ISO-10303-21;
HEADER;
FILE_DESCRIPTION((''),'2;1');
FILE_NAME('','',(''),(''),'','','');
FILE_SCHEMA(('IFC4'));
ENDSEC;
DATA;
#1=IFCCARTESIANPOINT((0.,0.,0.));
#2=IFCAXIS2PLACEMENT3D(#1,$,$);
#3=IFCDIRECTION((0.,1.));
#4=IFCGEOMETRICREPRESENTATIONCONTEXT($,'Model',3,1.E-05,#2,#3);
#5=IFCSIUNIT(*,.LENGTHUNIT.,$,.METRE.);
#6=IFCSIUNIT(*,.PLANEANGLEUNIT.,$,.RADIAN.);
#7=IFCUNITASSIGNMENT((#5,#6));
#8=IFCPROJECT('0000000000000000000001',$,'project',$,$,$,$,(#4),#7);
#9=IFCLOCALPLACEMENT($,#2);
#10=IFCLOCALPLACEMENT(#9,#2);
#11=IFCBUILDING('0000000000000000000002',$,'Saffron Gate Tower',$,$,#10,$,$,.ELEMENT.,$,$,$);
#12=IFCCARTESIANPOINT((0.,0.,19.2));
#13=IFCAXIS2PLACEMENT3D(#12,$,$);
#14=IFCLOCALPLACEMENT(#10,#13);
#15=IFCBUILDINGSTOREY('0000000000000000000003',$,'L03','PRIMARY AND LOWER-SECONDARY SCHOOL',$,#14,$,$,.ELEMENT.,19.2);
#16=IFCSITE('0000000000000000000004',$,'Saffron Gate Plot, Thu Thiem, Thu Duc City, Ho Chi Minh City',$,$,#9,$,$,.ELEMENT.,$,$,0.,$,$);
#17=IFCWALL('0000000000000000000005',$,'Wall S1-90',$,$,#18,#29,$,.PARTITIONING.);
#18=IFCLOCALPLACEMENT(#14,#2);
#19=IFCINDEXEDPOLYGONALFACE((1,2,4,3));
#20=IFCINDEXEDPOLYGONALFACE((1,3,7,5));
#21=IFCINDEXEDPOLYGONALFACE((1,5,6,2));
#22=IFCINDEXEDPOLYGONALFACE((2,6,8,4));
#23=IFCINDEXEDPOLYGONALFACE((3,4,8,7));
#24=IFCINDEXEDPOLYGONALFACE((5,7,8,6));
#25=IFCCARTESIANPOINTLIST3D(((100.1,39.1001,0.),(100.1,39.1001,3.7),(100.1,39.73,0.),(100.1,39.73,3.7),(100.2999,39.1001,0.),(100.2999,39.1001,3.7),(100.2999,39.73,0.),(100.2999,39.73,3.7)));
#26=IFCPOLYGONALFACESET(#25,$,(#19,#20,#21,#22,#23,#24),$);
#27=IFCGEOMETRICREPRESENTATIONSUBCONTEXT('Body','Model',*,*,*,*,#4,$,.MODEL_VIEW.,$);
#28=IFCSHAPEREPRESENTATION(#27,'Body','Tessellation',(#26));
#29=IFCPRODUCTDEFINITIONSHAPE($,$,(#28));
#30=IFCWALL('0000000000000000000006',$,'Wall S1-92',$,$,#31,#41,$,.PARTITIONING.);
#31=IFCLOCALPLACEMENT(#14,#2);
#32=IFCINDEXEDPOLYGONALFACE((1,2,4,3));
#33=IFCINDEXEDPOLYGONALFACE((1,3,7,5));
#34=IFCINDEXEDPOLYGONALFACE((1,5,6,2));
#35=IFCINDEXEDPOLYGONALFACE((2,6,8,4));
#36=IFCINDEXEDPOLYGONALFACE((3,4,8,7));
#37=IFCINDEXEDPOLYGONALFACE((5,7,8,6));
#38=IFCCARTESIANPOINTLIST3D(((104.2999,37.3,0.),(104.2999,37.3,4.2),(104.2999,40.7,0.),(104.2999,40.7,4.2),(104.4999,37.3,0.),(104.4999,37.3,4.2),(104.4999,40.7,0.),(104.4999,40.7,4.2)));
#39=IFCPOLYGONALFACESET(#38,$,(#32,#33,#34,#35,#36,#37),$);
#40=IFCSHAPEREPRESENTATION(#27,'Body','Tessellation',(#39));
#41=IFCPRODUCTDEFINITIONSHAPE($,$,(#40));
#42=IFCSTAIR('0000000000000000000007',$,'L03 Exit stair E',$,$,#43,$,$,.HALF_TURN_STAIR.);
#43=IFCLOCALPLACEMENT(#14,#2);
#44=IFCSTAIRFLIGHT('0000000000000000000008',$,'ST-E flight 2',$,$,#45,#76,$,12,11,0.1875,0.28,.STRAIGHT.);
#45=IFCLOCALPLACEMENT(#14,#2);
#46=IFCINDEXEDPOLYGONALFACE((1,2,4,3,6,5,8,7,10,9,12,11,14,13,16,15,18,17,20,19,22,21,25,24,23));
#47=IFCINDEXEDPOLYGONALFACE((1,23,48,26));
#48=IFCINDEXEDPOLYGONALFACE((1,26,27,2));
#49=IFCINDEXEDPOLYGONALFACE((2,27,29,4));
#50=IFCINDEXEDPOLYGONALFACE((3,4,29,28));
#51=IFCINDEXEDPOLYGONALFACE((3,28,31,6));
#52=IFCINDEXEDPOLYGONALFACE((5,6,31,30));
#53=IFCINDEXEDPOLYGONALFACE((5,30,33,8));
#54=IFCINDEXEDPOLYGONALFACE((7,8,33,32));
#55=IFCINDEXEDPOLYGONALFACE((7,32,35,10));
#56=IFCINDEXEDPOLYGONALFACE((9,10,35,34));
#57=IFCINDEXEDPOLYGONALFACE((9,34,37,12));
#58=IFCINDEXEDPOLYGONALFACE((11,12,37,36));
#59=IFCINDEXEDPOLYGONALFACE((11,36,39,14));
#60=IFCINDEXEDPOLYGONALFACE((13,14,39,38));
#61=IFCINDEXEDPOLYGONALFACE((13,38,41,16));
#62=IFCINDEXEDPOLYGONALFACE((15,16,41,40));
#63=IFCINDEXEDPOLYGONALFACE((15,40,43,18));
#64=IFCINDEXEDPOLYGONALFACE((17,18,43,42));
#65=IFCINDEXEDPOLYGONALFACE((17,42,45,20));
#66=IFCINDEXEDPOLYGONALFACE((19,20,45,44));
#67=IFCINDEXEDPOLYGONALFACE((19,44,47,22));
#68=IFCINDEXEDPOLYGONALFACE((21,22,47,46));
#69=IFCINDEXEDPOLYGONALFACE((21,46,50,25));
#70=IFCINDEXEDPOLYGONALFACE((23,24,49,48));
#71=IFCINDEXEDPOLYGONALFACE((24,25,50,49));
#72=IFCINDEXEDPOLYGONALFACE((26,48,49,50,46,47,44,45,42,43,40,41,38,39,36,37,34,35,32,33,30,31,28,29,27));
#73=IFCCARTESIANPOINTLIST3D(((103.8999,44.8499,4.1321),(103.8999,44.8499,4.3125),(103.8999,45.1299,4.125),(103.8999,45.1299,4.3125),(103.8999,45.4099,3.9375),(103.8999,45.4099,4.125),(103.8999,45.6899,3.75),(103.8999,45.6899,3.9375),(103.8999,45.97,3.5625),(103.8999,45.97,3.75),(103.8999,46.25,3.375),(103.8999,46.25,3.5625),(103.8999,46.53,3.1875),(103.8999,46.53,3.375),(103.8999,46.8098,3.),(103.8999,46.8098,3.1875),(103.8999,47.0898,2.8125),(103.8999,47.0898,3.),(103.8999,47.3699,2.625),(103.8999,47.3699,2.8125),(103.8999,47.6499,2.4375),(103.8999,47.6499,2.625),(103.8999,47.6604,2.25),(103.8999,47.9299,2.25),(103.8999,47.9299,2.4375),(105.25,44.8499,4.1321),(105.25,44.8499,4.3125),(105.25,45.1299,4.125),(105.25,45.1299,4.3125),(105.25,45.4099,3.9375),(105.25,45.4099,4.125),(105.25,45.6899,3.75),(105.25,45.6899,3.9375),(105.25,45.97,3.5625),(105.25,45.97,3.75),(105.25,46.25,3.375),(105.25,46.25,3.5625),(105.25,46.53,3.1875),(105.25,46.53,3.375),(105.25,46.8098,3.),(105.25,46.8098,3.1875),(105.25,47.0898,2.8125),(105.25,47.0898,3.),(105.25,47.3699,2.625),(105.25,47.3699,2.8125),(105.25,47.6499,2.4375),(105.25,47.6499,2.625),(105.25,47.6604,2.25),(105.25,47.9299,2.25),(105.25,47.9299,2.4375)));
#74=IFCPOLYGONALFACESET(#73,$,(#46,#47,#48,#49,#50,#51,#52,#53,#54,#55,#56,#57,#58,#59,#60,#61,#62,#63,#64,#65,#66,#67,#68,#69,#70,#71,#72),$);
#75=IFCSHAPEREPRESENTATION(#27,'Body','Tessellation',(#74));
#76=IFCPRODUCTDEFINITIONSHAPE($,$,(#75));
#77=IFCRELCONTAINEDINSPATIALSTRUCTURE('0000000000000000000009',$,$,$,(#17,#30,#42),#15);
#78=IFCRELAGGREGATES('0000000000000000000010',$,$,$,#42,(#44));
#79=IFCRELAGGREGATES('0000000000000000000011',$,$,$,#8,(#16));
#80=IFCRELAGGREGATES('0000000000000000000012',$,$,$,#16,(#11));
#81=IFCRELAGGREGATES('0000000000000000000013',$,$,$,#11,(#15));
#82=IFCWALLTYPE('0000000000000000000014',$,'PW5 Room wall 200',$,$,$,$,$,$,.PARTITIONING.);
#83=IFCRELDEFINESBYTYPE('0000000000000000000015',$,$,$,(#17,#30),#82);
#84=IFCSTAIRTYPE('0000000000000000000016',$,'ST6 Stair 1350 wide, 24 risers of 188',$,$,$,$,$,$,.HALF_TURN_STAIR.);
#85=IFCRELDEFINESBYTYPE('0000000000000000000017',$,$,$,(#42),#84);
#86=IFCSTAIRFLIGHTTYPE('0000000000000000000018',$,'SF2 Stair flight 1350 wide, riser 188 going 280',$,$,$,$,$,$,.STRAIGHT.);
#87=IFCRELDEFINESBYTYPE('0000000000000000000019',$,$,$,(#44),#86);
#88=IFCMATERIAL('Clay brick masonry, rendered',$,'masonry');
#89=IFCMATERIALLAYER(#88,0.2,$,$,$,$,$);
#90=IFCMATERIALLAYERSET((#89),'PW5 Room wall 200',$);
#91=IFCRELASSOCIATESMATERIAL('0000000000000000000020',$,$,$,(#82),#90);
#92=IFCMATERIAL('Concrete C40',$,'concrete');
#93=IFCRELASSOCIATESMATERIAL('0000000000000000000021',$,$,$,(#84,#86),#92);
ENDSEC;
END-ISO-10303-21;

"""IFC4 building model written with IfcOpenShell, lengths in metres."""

from ifc_helpers import new_model, si_unit, direction, frame, frame_2d, origin, place, context, subcontext, project, spatial, polyline, rectangle, outline, extrude, material, layer, layer_set, type_object, element, aggregate, save


model = new_model("IFC4")

# Units and contexts
model_context = context("Model", 3, precision=1e-05, world=origin(), true_north=direction((0.0, 1.0)))
body_context = subcontext(model_context, "Body", "Model", "MODEL_VIEW")
ifc_project = project(units=[si_unit("LENGTHUNIT", "METRE"), si_unit("PLANEANGLEUNIT", "RADIAN")], contexts=[model_context])

# Site, building, storey
site_placement = place(None, origin())
site = spatial("IfcSite", under=ifc_project, at=site_placement, Name="Saffron Gate Plot, Thu Thiem, Thu Duc City, Ho Chi Minh City", CompositionType="ELEMENT", RefElevation=0.0)
building_placement = place(site_placement, origin())
building = spatial("IfcBuilding", under=site, at=building_placement, Name="Saffron Gate Tower", CompositionType="ELEMENT")
storey_placement = place(building_placement, frame((0.0, 0.0, 19.2)))
storey = spatial("IfcBuildingStorey", under=building, at=storey_placement, Name="L03", Description="PRIMARY AND LOWER-SECONDARY SCHOOL", CompositionType="ELEMENT", Elevation=19.2)

# Shared definitions
ifc_material_1 = material(Name="Clay brick masonry, rendered", Category="masonry")

# Walls
ifc_layer_1 = layer(ifc_material_1, 0.2)
ifc_layer_set_1 = layer_set([ifc_layer_1], Name="PW5 Room wall 200")
wall_type_1 = type_object("IfcWallType", Name="PW5 Room wall 200", PredefinedType="PARTITIONING", material=ifc_layer_set_1)
wall_1_placement = place(storey_placement, frame((100.2, 39.73, 0.0), z_axis=(0.0, 0.0, 1.0), x_axis=(0.0, -1.0, 0.0)))
element("IfcWall", 1, at=wall_1_placement, inside=storey, type_object=wall_type_1, Name="Wall S1-90", PredefinedType="PARTITIONING", context=body_context, shape_type="SweptSolid", body=[
    extrude(rectangle(XDim=0.6299, YDim=0.2, at=frame_2d((0.3149, 0.0))), origin(), (0.0, 0.0, 1.0), 3.7),
])
wall_2_placement = place(storey_placement, frame((104.3999, 40.7, 0.0), z_axis=(0.0, 0.0, 1.0), x_axis=(0.0, -1.0, 0.0)))
element("IfcWall", 2, at=wall_2_placement, inside=storey, type_object=wall_type_1, Name="Wall S1-92", PredefinedType="PARTITIONING", context=body_context, shape_type="SweptSolid", body=[
    extrude(rectangle(XDim=3.3999, YDim=0.2, at=frame_2d((1.7, 0.0))), origin(), (0.0, 0.0, 1.0), 4.2),
])

# Stair, stair flight
ifc_material_2 = material(Name="Concrete C40", Category="concrete")
stair_type = type_object("IfcStairType", Name="ST6 Stair 1350 wide, 24 risers of 188", PredefinedType="HALF_TURN_STAIR", material=ifc_material_2)
stair_placement = place(storey_placement, origin())
stair = element("IfcStair", 3, at=stair_placement, inside=storey, type_object=stair_type, Name="L03 Exit stair E", PredefinedType="HALF_TURN_STAIR")
stair_flight_type = type_object("IfcStairFlightType", Name="SF2 Stair flight 1350 wide, riser 188 going 280", PredefinedType="STRAIGHT", material=ifc_material_2)
stair_flight_placement = place(storey_placement, frame((104.575, 47.9299, 2.25), z_axis=(0.0, 0.0, 1.0), x_axis=(0.0, -1.0, 0.0)))
stair_flight = element("IfcStairFlight", 4, at=stair_flight_placement, type_object=stair_flight_type, Name="ST-E flight 2", NumberOfRisers=12, NumberOfTreads=11, PredefinedType="STRAIGHT", RiserHeight=0.1875, TreadLength=0.28, context=body_context, shape_type="SweptSolid", body=[
    extrude(outline(polyline([(0.0, 0.0), (0.0, 0.1875), (0.28, 0.1875), (0.28, 0.375), (0.5601, 0.375), (0.5601, 0.5625), (0.8401, 0.5625), (0.8401, 0.75), (1.1201, 0.75), (1.1201, 0.9375), (1.3999, 0.9375), (1.3999, 1.125), (1.6799, 1.125), (1.6799, 1.3125), (1.96, 1.3125), (1.96, 1.5), (2.24, 1.5), (2.24, 1.6875), (2.52, 1.6875), (2.52, 1.875), (2.8, 1.875), (2.8, 2.0625), (3.0801, 2.0625), (3.0801, 2.25), (3.0801, 1.8821), (0.2695, 0.0), (0.0, 0.0)])), frame((0.0, 0.675, 0.0), z_axis=(0.0, -1.0, 0.0), x_axis=(1.0, 0.0, 0.0)), (0.0, 0.0, 1.0), 1.3501),
])
aggregate(stair, [stair_flight])

save(model, "model.ifc")
